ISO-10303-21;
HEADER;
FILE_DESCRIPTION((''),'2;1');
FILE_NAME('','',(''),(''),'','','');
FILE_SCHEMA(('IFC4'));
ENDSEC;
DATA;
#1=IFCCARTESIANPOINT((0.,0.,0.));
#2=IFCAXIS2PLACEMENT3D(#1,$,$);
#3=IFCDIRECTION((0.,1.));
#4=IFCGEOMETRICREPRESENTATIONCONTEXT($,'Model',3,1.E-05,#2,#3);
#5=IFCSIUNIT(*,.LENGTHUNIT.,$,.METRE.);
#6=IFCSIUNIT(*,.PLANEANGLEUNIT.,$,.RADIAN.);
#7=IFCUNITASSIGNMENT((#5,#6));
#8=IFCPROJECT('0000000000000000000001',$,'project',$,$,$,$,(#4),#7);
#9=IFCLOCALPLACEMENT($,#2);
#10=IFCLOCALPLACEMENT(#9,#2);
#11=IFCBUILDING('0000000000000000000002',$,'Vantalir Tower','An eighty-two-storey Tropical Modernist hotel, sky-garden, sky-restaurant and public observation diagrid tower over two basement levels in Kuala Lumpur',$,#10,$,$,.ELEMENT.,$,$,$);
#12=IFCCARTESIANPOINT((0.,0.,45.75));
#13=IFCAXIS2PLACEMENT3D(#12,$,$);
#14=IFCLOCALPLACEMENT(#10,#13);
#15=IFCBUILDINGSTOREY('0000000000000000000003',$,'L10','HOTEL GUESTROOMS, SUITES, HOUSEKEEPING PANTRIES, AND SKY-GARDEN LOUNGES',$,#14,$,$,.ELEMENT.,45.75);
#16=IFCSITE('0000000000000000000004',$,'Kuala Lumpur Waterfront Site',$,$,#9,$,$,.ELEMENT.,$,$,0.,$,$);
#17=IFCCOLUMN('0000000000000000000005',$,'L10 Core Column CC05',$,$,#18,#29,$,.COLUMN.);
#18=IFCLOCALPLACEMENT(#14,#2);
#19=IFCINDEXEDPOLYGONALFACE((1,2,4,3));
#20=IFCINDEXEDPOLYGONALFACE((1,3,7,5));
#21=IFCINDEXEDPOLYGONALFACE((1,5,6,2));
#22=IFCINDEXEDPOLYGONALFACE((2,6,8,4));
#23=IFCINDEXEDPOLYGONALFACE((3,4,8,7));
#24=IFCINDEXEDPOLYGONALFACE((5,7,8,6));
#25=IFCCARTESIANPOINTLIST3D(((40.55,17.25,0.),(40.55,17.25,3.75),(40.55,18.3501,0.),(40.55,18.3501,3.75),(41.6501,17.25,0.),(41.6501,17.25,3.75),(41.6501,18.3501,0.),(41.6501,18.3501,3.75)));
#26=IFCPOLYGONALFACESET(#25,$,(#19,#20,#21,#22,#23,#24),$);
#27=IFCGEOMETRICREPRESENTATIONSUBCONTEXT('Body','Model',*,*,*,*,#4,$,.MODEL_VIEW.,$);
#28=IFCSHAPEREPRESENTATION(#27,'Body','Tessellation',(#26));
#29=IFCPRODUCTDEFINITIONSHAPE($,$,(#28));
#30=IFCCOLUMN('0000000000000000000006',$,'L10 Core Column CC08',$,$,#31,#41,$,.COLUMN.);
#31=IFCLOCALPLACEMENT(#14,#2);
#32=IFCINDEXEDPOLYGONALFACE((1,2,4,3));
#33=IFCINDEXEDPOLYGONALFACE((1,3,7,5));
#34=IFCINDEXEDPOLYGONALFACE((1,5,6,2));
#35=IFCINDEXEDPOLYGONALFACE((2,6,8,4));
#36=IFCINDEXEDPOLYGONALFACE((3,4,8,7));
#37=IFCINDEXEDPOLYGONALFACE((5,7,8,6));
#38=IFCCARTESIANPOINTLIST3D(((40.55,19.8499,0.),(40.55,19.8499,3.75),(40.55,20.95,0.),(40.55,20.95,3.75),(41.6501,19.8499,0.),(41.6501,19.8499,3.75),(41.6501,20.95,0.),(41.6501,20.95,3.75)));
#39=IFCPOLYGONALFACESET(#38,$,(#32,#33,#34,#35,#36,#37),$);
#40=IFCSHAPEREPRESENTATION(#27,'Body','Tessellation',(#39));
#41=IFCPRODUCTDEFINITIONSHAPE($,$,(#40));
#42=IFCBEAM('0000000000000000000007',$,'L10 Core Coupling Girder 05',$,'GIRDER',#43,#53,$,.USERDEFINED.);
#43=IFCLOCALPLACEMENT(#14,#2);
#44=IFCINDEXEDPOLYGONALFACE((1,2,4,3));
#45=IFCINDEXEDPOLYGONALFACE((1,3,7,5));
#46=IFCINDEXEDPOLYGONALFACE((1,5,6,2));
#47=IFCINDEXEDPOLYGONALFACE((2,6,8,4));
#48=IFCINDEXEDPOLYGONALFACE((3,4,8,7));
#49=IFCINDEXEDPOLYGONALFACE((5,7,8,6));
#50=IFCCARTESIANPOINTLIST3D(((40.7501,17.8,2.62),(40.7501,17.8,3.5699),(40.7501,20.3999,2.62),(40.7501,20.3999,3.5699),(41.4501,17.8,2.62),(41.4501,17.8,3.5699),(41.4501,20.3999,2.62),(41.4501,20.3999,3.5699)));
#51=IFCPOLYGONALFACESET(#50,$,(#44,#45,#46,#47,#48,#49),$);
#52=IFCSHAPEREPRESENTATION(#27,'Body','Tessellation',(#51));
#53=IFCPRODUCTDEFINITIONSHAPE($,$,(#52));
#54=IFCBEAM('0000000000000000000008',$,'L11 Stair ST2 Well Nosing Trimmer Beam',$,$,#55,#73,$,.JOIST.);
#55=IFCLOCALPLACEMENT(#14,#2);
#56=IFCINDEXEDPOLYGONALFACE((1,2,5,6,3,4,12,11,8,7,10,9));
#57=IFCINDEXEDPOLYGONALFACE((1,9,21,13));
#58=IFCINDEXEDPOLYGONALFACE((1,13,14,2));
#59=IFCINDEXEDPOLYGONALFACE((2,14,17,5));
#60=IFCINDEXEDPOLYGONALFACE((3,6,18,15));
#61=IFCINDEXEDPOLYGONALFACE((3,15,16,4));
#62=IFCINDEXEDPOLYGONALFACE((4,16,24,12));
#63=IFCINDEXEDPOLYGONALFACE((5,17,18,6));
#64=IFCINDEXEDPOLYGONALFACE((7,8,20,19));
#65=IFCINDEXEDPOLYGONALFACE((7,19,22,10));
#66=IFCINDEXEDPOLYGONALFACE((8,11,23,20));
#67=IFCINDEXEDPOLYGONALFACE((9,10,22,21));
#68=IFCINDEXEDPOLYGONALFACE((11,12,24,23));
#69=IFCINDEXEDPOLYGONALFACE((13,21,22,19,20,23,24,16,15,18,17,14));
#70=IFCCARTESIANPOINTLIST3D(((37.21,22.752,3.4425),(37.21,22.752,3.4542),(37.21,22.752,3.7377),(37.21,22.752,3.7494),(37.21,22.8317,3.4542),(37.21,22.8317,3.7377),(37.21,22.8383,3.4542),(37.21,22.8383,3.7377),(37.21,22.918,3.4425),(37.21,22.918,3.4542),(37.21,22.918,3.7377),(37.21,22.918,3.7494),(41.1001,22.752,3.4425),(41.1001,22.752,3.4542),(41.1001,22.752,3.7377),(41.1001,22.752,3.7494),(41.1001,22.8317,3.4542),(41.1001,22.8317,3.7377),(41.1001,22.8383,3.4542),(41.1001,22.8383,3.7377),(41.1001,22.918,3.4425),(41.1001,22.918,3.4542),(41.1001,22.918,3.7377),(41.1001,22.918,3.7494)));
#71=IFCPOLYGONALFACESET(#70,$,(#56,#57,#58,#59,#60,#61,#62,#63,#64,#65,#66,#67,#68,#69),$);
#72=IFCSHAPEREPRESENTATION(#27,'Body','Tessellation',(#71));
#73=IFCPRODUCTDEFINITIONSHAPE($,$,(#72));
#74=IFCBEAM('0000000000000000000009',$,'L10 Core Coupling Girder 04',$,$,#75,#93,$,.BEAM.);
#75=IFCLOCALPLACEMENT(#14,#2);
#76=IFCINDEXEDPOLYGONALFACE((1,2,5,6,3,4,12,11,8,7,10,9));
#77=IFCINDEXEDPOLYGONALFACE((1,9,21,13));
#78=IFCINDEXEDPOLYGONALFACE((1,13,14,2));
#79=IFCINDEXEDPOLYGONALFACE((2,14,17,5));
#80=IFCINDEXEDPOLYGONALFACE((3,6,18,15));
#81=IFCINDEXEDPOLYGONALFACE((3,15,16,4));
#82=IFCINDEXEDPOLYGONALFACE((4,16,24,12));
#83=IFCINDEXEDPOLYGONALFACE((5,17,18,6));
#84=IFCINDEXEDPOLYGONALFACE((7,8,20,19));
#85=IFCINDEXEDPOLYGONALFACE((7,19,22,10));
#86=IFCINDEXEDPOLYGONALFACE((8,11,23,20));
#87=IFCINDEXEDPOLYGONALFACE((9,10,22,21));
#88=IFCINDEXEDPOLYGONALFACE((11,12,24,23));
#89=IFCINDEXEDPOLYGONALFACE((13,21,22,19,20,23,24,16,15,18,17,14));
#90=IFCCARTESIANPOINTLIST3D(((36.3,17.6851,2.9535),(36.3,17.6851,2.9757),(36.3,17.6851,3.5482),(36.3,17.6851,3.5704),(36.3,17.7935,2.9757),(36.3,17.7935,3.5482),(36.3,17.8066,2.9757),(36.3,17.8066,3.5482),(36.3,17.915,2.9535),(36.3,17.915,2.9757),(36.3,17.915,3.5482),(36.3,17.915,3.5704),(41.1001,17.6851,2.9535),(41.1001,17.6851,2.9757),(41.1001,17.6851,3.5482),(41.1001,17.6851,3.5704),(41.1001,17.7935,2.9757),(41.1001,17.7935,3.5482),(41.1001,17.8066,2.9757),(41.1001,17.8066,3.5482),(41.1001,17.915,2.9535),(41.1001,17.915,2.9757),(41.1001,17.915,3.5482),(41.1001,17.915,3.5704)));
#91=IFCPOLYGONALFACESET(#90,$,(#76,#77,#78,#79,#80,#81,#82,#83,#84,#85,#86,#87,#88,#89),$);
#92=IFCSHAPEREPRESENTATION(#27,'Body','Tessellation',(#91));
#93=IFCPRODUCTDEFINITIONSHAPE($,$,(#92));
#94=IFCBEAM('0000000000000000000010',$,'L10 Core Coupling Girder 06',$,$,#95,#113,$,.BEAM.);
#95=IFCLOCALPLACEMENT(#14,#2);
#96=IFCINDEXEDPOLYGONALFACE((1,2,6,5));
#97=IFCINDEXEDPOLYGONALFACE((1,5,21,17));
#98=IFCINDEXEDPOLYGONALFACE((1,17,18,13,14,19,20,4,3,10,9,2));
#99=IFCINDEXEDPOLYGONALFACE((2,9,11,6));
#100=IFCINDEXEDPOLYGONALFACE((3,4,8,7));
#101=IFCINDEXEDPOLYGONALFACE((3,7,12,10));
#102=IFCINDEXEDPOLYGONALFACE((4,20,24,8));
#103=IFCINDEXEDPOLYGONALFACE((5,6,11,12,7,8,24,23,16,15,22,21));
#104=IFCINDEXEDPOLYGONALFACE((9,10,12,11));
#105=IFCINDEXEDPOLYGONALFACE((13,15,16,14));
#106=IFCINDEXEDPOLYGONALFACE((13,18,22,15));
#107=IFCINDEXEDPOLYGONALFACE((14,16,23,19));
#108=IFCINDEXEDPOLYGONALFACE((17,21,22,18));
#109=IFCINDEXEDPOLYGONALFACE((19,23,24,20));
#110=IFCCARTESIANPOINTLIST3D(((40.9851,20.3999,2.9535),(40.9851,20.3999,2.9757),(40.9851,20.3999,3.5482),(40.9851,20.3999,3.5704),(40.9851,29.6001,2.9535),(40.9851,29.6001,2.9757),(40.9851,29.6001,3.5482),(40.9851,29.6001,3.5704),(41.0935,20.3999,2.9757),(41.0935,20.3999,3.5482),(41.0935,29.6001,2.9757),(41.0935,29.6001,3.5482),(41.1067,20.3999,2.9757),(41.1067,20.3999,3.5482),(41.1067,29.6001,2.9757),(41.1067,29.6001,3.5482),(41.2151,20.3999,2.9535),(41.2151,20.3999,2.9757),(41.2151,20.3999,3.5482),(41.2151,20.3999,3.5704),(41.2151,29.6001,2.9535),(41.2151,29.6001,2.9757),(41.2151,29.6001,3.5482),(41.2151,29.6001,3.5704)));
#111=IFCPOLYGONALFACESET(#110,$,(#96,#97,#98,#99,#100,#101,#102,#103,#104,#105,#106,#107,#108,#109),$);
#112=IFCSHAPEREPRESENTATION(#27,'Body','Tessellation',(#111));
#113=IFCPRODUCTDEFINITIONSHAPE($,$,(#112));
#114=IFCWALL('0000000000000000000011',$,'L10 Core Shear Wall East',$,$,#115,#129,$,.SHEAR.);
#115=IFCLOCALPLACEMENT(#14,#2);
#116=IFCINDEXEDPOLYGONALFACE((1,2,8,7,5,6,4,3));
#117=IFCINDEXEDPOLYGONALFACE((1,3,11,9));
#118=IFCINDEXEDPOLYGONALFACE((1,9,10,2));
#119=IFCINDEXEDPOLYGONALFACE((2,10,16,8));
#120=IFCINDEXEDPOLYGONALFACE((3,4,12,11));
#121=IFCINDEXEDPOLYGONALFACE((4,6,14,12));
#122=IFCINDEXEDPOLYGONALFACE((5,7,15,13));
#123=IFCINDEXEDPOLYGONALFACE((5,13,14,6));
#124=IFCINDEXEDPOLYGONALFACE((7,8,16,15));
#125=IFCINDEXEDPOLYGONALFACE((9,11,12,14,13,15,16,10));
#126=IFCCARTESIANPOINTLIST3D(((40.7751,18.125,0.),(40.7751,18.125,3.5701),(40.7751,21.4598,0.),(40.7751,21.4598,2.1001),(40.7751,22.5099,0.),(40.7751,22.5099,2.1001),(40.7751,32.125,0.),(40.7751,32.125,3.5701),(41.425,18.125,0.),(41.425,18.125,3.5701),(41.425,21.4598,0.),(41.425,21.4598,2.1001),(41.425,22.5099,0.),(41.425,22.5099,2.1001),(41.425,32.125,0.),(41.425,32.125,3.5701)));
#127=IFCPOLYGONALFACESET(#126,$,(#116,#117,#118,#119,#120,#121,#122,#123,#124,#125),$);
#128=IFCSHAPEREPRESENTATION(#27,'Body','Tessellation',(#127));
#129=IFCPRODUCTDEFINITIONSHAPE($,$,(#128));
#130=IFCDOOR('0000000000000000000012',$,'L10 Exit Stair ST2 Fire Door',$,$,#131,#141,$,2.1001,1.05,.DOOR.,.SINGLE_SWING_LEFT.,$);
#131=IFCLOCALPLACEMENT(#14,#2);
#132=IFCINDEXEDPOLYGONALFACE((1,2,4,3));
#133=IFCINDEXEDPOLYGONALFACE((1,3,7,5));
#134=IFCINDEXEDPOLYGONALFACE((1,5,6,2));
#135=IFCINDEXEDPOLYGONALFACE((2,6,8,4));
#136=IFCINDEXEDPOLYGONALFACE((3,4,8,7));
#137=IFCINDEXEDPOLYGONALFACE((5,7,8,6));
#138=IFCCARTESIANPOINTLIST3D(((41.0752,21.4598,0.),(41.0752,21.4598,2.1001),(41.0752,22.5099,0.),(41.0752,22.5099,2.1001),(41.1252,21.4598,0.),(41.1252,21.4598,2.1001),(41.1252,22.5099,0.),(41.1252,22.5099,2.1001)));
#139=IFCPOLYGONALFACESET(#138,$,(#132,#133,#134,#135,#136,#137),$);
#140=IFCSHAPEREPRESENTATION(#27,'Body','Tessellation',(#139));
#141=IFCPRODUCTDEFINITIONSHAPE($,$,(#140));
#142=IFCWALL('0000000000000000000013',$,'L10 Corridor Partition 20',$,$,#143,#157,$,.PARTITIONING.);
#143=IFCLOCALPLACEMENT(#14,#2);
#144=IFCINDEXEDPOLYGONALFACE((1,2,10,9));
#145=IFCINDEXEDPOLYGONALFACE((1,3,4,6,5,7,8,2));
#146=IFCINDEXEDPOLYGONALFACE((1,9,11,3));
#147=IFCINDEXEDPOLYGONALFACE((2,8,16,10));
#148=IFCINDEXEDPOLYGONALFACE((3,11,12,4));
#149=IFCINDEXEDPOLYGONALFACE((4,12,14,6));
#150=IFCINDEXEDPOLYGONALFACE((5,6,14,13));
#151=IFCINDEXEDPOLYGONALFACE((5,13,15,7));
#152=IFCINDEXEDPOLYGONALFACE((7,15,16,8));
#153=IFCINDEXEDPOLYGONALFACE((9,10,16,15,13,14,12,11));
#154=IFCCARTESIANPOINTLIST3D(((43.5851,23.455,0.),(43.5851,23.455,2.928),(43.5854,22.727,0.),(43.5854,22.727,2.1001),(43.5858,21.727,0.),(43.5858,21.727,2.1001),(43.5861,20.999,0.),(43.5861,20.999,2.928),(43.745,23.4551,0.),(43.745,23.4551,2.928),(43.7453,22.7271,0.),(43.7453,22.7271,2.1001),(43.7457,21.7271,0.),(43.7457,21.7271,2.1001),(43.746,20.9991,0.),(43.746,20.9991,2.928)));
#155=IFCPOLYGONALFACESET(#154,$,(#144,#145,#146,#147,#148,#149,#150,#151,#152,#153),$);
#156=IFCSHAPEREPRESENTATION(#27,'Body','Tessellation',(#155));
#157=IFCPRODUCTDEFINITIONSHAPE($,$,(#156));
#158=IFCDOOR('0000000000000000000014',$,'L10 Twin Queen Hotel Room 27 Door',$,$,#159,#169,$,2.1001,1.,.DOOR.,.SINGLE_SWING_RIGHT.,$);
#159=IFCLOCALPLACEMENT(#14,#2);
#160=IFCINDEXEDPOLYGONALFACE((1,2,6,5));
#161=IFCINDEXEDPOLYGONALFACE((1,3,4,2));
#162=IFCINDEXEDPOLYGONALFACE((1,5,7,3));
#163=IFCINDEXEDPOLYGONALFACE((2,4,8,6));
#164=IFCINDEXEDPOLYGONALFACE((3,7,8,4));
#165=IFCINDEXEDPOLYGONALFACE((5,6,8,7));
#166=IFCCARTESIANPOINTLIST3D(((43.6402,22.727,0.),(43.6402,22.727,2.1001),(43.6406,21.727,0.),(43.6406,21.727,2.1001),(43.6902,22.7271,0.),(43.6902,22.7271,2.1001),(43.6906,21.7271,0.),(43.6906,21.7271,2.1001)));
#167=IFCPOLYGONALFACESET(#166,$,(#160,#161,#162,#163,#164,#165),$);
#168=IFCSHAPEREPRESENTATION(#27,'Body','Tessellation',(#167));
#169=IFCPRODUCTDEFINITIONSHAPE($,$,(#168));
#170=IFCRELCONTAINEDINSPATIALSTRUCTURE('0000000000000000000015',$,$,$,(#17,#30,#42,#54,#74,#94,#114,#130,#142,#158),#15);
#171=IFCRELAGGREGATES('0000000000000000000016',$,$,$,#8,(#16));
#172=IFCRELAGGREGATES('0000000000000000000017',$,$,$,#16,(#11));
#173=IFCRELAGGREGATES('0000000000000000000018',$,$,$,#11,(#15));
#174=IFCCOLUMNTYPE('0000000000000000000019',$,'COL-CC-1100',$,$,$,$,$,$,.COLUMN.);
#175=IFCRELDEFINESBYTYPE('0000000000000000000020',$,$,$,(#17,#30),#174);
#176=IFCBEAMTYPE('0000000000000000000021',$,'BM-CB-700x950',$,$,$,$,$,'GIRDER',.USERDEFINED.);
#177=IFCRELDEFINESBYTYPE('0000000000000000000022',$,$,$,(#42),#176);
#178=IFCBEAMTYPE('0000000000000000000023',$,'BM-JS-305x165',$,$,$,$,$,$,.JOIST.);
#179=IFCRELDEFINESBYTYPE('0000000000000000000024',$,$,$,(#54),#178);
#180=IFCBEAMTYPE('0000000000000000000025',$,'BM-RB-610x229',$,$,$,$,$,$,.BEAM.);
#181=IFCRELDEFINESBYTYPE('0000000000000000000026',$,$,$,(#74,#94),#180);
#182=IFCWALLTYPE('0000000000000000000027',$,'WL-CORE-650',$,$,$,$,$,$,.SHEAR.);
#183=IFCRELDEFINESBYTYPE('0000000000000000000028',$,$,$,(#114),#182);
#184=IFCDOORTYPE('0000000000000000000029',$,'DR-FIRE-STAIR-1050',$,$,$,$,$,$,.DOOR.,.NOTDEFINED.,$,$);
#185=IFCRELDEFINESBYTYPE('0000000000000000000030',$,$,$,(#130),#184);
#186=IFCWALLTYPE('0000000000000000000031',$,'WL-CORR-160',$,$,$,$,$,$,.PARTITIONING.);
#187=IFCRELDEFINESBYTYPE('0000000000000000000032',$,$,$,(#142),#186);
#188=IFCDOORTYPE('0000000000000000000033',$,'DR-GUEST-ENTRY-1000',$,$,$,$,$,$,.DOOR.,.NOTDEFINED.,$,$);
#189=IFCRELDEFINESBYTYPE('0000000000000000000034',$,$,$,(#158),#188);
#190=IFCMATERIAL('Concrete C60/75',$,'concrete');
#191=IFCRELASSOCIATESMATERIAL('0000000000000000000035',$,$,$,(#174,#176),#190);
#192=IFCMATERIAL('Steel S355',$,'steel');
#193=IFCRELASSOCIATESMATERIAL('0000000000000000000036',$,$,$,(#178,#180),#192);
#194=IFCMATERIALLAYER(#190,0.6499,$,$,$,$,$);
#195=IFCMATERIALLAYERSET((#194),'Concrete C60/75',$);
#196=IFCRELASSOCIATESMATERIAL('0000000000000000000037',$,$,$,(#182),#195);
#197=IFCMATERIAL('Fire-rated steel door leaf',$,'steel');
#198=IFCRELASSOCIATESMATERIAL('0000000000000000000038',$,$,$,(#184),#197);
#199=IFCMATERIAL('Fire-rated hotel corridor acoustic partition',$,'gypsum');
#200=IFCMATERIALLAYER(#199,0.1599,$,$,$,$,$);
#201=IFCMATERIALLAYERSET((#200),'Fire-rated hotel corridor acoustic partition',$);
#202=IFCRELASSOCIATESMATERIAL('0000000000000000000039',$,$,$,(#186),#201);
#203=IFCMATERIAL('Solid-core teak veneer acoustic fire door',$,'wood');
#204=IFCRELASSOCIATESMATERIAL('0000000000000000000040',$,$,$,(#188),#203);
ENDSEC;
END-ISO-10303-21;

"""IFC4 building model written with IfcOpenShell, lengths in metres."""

from ifc_helpers import new_model, si_unit, direction, frame, frame_2d, origin, origin_2d, place, context, subcontext, project, spatial, rectangle, i_section, extrude, material, layer, layer_set, material_profile, profile_set, type_object, element, fill, save


model = new_model("IFC4")

# Units and contexts
model_context = context("Model", 3, precision=1e-05, world=origin(), true_north=direction((0.0, 1.0)))
body_context = subcontext(model_context, "Body", "Model", "MODEL_VIEW")
ifc_project = project(units=[si_unit("LENGTHUNIT", "METRE"), si_unit("PLANEANGLEUNIT", "RADIAN")], contexts=[model_context])

# Site, building, storey
site_placement = place(None, origin())
site = spatial("IfcSite", under=ifc_project, at=site_placement, Name="Kuala Lumpur Waterfront Site", CompositionType="ELEMENT", RefElevation=0.0)
building_placement = place(site_placement, origin())
building = spatial("IfcBuilding", under=site, at=building_placement, Name="Vantalir Tower", Description="An eighty-two-storey Tropical Modernist hotel, sky-garden, sky-restaurant and public observation diagrid tower over two basement levels in Kuala Lumpur", CompositionType="ELEMENT")
storey_placement = place(building_placement, frame((0.0, 0.0, 45.75)))
storey = spatial("IfcBuildingStorey", under=building, at=storey_placement, Name="L10", Description="HOTEL GUESTROOMS, SUITES, HOUSEKEEPING PANTRIES, AND SKY-GARDEN LOUNGES", CompositionType="ELEMENT", Elevation=45.75)

# Columns
ifc_material_1 = material(Name="Concrete C60/75", Category="concrete")
ifc_material_profile_1 = material_profile(ifc_material_1, rectangle(XDim=1.1001, YDim=1.1001, at=origin_2d()), Name="Concrete C60/75")
ifc_profile_set_1 = profile_set([ifc_material_profile_1], Name="Concrete C60/75")
column_type = type_object("IfcColumnType", Name="COL-CC-1100", PredefinedType="COLUMN", material=ifc_profile_set_1)
for number, where, z_axis, x_axis, name in (
    (1, (41.1001, 17.8, 0.0), (0.0, 0.0, 1.0), (1.0, 0.0, 0.0), "L10 Core Column CC05"),
    (2, (41.1001, 20.3999, 0.0), (0.0, 0.0, 1.0), (1.0, 0.0, 0.0), "L10 Core Column CC08"),
):
    element("IfcColumn", number, at=place(storey_placement, frame(where, z_axis=z_axis, x_axis=x_axis)), inside=storey, type_object=column_type, Name=name, PredefinedType="COLUMN", context=body_context, shape_type="SweptSolid", body=[
        extrude(rectangle(XDim=1.1001, YDim=1.1001, at=origin_2d()), origin(), (0.0, 0.0, 1.0), 3.75),
    ])

# Beams
ifc_material_profile_2 = material_profile(ifc_material_1, rectangle(XDim=0.7, YDim=0.95, at=origin_2d()), Name="Concrete C60/75")
ifc_profile_set_2 = profile_set([ifc_material_profile_2], Name="Concrete C60/75")
beam_type_1 = type_object("IfcBeamType", Name="BM-CB-700x950", ElementType="GIRDER", PredefinedType="USERDEFINED", material=ifc_profile_set_2)
beam_1_placement = place(storey_placement, frame((41.1001, 17.8, 3.095), z_axis=(0.0, 1.0, 0.0), x_axis=(-1.0, 0.0, 0.0)))
element("IfcBeam", 3, at=beam_1_placement, inside=storey, type_object=beam_type_1, Name="L10 Core Coupling Girder 05", ObjectType="GIRDER", PredefinedType="USERDEFINED", context=body_context, shape_type="SweptSolid", body=[
    extrude(rectangle(XDim=0.7, YDim=0.95, at=origin_2d()), origin(), (0.0, 0.0, 1.0), 2.5999),
])
ifc_material_2 = material(Name="Steel S355", Category="steel")
ifc_material_profile_3 = material_profile(ifc_material_2, i_section(OverallWidth=0.166, OverallDepth=0.3069, WebThickness=0.0066, FlangeThickness=0.0117, at=origin_2d()), Name="Steel S355")
ifc_profile_set_3 = profile_set([ifc_material_profile_3], Name="Steel S355")
beam_type_2 = type_object("IfcBeamType", Name="BM-JS-305x165", PredefinedType="JOIST", material=ifc_profile_set_3)
beam_2_placement = place(storey_placement, frame((37.21, 22.835, 3.5959), z_axis=(1.0, 0.0, 0.0), x_axis=(0.0, 1.0, 0.0)))
element("IfcBeam", 4, at=beam_2_placement, inside=storey, type_object=beam_type_2, Name="L11 Stair ST2 Well Nosing Trimmer Beam", PredefinedType="JOIST", context=body_context, shape_type="SweptSolid", body=[
    extrude(i_section(OverallWidth=0.166, OverallDepth=0.3069, WebThickness=0.0066, FlangeThickness=0.0117, at=origin_2d()), origin(), (0.0, 0.0, 1.0), 3.8901),
])
ifc_material_profile_4 = material_profile(ifc_material_2, i_section(OverallWidth=0.23, OverallDepth=0.6169, WebThickness=0.0132, FlangeThickness=0.0222, at=origin_2d()), Name="Steel S355")
ifc_profile_set_4 = profile_set([ifc_material_profile_4], Name="Steel S355")
beam_type_3 = type_object("IfcBeamType", Name="BM-RB-610x229", PredefinedType="BEAM", material=ifc_profile_set_4)
beam_3_placement = place(storey_placement, frame((36.3, 17.8, 3.262), z_axis=(1.0, 0.0, 0.0), x_axis=(0.0, 1.0, 0.0)))
element("IfcBeam", 5, at=beam_3_placement, inside=storey, type_object=beam_type_3, Name="L10 Core Coupling Girder 04", PredefinedType="BEAM", context=body_context, shape_type="SweptSolid", body=[
    extrude(i_section(OverallWidth=0.23, OverallDepth=0.6169, WebThickness=0.0132, FlangeThickness=0.0222, at=origin_2d()), origin(), (0.0, 0.0, 1.0), 4.8),
])
beam_4_placement = place(storey_placement, frame((41.1001, 20.3999, 3.262), z_axis=(0.0, 1.0, 0.0), x_axis=(-1.0, 0.0, 0.0)))
element("IfcBeam", 6, at=beam_4_placement, inside=storey, type_object=beam_type_3, Name="L10 Core Coupling Girder 06", PredefinedType="BEAM", context=body_context, shape_type="SweptSolid", body=[
    extrude(i_section(OverallWidth=0.23, OverallDepth=0.6169, WebThickness=0.0132, FlangeThickness=0.0222, at=origin_2d()), origin(), (0.0, 0.0, 1.0), 9.2002),
])

# Walls, openings, doors
ifc_layer_1 = layer(ifc_material_1, 0.6499)
ifc_layer_set_1 = layer_set([ifc_layer_1], Name="Concrete C60/75")
wall_type_1 = type_object("IfcWallType", Name="WL-CORE-650", PredefinedType="SHEAR", material=ifc_layer_set_1)
wall_1_placement = place(storey_placement, frame((41.1001, 18.125, 0.0), z_axis=(0.0, 0.0, 1.0), x_axis=(0.0, 1.0, 0.0)))
wall_1 = element("IfcWall", 7, at=wall_1_placement, inside=storey, type_object=wall_type_1, Name="L10 Core Shear Wall East", PredefinedType="SHEAR", context=body_context, shape_type="SweptSolid", body=[
    extrude(rectangle(XDim=14.0, YDim=0.6499, at=frame_2d((7.0, 0.0))), origin(), (0.0, 0.0, 1.0), 3.5701),
])
opening_1_placement = place(wall_1_placement, frame((3.335, 0.0, 0.0)))
opening_1 = element("IfcOpeningElement", 8, at=opening_1_placement, cuts=wall_1, PredefinedType="OPENING", context=body_context, shape_type="SweptSolid", body=[
    extrude(rectangle(XDim=1.05, YDim=2.1001, at=frame_2d((0.5249, 1.05))), frame((0.0, 0.335, 0.0), z_axis=(0.0, -1.0, 0.0), x_axis=(1.0, 0.0, 0.0)), (0.0, 0.0, 1.0), 0.6699),
])
ifc_material_3 = material(Name="Fire-rated steel door leaf", Category="steel")
door_type_1 = type_object("IfcDoorType", Name="DR-FIRE-STAIR-1050", OperationType="NOTDEFINED", PredefinedType="DOOR", material=ifc_material_3)
door_1_placement = place(opening_1_placement, origin())
door_1 = element("IfcDoor", 9, at=door_1_placement, inside=storey, type_object=door_type_1, Name="L10 Exit Stair ST2 Fire Door", OperationType="SINGLE_SWING_LEFT", OverallHeight=2.1001, OverallWidth=1.05, PredefinedType="DOOR", context=body_context, shape_type="SweptSolid", body=[
    extrude(rectangle(XDim=1.05, YDim=2.1001, at=frame_2d((0.5249, 1.05))), frame((0.0, 0.0249, 0.0), z_axis=(0.0, -1.0, 0.0), x_axis=(1.0, 0.0, 0.0)), (0.0, 0.0, 1.0), 0.05),
])
fill(opening_1, door_1)
ifc_material_4 = material(Name="Fire-rated hotel corridor acoustic partition", Category="gypsum")
ifc_layer_2 = layer(ifc_material_4, 0.1599)
ifc_layer_set_2 = layer_set([ifc_layer_2], Name="Fire-rated hotel corridor acoustic partition")
wall_type_2 = type_object("IfcWallType", Name="WL-CORR-160", PredefinedType="PARTITIONING", material=ifc_layer_set_2)
wall_2_placement = place(storey_placement, frame((43.665, 23.4551, 0.0), z_axis=(0.0, 0.0, 1.0), x_axis=(0.000398, -1.0, 0.0)))
wall_2 = element("IfcWall", 10, at=wall_2_placement, inside=storey, type_object=wall_type_2, Name="L10 Corridor Partition 20", PredefinedType="PARTITIONING", context=body_context, shape_type="SweptSolid", body=[
    extrude(rectangle(XDim=2.4561, YDim=0.1599, at=frame_2d((1.228, 0.0))), origin(), (0.0, 0.0, 1.0), 2.928),
])
opening_2_placement = place(wall_2_placement, frame((0.728, 0.0, 0.0)))
opening_2 = element("IfcOpeningElement", 11, at=opening_2_placement, cuts=wall_2, PredefinedType="OPENING", context=body_context, shape_type="SweptSolid", body=[
    extrude(rectangle(XDim=1.0, YDim=2.1001, at=frame_2d((0.5, 1.05))), frame((0.0, 0.0898, 0.0), z_axis=(0.0, -1.0, 0.0), x_axis=(1.0, 0.0, 0.0)), (0.0, 0.0, 1.0), 0.1799),
])
ifc_material_5 = material(Name="Solid-core teak veneer acoustic fire door", Category="wood")
door_type_2 = type_object("IfcDoorType", Name="DR-GUEST-ENTRY-1000", OperationType="NOTDEFINED", PredefinedType="DOOR", material=ifc_material_5)
door_2_placement = place(opening_2_placement, origin())
door_2 = element("IfcDoor", 12, at=door_2_placement, inside=storey, type_object=door_type_2, Name="L10 Twin Queen Hotel Room 27 Door", OperationType="SINGLE_SWING_RIGHT", OverallHeight=2.1001, OverallWidth=1.0, PredefinedType="DOOR", context=body_context, shape_type="SweptSolid", body=[
    extrude(rectangle(XDim=1.0, YDim=2.1001, at=frame_2d((0.5, 1.05))), frame((0.0, 0.0249, 0.0), z_axis=(0.0, -1.0, 0.0), x_axis=(1.0, 0.0, 0.0)), (0.0, 0.0, 1.0), 0.05),
])
fill(opening_2, door_2)

save(model, "model.ifc")
